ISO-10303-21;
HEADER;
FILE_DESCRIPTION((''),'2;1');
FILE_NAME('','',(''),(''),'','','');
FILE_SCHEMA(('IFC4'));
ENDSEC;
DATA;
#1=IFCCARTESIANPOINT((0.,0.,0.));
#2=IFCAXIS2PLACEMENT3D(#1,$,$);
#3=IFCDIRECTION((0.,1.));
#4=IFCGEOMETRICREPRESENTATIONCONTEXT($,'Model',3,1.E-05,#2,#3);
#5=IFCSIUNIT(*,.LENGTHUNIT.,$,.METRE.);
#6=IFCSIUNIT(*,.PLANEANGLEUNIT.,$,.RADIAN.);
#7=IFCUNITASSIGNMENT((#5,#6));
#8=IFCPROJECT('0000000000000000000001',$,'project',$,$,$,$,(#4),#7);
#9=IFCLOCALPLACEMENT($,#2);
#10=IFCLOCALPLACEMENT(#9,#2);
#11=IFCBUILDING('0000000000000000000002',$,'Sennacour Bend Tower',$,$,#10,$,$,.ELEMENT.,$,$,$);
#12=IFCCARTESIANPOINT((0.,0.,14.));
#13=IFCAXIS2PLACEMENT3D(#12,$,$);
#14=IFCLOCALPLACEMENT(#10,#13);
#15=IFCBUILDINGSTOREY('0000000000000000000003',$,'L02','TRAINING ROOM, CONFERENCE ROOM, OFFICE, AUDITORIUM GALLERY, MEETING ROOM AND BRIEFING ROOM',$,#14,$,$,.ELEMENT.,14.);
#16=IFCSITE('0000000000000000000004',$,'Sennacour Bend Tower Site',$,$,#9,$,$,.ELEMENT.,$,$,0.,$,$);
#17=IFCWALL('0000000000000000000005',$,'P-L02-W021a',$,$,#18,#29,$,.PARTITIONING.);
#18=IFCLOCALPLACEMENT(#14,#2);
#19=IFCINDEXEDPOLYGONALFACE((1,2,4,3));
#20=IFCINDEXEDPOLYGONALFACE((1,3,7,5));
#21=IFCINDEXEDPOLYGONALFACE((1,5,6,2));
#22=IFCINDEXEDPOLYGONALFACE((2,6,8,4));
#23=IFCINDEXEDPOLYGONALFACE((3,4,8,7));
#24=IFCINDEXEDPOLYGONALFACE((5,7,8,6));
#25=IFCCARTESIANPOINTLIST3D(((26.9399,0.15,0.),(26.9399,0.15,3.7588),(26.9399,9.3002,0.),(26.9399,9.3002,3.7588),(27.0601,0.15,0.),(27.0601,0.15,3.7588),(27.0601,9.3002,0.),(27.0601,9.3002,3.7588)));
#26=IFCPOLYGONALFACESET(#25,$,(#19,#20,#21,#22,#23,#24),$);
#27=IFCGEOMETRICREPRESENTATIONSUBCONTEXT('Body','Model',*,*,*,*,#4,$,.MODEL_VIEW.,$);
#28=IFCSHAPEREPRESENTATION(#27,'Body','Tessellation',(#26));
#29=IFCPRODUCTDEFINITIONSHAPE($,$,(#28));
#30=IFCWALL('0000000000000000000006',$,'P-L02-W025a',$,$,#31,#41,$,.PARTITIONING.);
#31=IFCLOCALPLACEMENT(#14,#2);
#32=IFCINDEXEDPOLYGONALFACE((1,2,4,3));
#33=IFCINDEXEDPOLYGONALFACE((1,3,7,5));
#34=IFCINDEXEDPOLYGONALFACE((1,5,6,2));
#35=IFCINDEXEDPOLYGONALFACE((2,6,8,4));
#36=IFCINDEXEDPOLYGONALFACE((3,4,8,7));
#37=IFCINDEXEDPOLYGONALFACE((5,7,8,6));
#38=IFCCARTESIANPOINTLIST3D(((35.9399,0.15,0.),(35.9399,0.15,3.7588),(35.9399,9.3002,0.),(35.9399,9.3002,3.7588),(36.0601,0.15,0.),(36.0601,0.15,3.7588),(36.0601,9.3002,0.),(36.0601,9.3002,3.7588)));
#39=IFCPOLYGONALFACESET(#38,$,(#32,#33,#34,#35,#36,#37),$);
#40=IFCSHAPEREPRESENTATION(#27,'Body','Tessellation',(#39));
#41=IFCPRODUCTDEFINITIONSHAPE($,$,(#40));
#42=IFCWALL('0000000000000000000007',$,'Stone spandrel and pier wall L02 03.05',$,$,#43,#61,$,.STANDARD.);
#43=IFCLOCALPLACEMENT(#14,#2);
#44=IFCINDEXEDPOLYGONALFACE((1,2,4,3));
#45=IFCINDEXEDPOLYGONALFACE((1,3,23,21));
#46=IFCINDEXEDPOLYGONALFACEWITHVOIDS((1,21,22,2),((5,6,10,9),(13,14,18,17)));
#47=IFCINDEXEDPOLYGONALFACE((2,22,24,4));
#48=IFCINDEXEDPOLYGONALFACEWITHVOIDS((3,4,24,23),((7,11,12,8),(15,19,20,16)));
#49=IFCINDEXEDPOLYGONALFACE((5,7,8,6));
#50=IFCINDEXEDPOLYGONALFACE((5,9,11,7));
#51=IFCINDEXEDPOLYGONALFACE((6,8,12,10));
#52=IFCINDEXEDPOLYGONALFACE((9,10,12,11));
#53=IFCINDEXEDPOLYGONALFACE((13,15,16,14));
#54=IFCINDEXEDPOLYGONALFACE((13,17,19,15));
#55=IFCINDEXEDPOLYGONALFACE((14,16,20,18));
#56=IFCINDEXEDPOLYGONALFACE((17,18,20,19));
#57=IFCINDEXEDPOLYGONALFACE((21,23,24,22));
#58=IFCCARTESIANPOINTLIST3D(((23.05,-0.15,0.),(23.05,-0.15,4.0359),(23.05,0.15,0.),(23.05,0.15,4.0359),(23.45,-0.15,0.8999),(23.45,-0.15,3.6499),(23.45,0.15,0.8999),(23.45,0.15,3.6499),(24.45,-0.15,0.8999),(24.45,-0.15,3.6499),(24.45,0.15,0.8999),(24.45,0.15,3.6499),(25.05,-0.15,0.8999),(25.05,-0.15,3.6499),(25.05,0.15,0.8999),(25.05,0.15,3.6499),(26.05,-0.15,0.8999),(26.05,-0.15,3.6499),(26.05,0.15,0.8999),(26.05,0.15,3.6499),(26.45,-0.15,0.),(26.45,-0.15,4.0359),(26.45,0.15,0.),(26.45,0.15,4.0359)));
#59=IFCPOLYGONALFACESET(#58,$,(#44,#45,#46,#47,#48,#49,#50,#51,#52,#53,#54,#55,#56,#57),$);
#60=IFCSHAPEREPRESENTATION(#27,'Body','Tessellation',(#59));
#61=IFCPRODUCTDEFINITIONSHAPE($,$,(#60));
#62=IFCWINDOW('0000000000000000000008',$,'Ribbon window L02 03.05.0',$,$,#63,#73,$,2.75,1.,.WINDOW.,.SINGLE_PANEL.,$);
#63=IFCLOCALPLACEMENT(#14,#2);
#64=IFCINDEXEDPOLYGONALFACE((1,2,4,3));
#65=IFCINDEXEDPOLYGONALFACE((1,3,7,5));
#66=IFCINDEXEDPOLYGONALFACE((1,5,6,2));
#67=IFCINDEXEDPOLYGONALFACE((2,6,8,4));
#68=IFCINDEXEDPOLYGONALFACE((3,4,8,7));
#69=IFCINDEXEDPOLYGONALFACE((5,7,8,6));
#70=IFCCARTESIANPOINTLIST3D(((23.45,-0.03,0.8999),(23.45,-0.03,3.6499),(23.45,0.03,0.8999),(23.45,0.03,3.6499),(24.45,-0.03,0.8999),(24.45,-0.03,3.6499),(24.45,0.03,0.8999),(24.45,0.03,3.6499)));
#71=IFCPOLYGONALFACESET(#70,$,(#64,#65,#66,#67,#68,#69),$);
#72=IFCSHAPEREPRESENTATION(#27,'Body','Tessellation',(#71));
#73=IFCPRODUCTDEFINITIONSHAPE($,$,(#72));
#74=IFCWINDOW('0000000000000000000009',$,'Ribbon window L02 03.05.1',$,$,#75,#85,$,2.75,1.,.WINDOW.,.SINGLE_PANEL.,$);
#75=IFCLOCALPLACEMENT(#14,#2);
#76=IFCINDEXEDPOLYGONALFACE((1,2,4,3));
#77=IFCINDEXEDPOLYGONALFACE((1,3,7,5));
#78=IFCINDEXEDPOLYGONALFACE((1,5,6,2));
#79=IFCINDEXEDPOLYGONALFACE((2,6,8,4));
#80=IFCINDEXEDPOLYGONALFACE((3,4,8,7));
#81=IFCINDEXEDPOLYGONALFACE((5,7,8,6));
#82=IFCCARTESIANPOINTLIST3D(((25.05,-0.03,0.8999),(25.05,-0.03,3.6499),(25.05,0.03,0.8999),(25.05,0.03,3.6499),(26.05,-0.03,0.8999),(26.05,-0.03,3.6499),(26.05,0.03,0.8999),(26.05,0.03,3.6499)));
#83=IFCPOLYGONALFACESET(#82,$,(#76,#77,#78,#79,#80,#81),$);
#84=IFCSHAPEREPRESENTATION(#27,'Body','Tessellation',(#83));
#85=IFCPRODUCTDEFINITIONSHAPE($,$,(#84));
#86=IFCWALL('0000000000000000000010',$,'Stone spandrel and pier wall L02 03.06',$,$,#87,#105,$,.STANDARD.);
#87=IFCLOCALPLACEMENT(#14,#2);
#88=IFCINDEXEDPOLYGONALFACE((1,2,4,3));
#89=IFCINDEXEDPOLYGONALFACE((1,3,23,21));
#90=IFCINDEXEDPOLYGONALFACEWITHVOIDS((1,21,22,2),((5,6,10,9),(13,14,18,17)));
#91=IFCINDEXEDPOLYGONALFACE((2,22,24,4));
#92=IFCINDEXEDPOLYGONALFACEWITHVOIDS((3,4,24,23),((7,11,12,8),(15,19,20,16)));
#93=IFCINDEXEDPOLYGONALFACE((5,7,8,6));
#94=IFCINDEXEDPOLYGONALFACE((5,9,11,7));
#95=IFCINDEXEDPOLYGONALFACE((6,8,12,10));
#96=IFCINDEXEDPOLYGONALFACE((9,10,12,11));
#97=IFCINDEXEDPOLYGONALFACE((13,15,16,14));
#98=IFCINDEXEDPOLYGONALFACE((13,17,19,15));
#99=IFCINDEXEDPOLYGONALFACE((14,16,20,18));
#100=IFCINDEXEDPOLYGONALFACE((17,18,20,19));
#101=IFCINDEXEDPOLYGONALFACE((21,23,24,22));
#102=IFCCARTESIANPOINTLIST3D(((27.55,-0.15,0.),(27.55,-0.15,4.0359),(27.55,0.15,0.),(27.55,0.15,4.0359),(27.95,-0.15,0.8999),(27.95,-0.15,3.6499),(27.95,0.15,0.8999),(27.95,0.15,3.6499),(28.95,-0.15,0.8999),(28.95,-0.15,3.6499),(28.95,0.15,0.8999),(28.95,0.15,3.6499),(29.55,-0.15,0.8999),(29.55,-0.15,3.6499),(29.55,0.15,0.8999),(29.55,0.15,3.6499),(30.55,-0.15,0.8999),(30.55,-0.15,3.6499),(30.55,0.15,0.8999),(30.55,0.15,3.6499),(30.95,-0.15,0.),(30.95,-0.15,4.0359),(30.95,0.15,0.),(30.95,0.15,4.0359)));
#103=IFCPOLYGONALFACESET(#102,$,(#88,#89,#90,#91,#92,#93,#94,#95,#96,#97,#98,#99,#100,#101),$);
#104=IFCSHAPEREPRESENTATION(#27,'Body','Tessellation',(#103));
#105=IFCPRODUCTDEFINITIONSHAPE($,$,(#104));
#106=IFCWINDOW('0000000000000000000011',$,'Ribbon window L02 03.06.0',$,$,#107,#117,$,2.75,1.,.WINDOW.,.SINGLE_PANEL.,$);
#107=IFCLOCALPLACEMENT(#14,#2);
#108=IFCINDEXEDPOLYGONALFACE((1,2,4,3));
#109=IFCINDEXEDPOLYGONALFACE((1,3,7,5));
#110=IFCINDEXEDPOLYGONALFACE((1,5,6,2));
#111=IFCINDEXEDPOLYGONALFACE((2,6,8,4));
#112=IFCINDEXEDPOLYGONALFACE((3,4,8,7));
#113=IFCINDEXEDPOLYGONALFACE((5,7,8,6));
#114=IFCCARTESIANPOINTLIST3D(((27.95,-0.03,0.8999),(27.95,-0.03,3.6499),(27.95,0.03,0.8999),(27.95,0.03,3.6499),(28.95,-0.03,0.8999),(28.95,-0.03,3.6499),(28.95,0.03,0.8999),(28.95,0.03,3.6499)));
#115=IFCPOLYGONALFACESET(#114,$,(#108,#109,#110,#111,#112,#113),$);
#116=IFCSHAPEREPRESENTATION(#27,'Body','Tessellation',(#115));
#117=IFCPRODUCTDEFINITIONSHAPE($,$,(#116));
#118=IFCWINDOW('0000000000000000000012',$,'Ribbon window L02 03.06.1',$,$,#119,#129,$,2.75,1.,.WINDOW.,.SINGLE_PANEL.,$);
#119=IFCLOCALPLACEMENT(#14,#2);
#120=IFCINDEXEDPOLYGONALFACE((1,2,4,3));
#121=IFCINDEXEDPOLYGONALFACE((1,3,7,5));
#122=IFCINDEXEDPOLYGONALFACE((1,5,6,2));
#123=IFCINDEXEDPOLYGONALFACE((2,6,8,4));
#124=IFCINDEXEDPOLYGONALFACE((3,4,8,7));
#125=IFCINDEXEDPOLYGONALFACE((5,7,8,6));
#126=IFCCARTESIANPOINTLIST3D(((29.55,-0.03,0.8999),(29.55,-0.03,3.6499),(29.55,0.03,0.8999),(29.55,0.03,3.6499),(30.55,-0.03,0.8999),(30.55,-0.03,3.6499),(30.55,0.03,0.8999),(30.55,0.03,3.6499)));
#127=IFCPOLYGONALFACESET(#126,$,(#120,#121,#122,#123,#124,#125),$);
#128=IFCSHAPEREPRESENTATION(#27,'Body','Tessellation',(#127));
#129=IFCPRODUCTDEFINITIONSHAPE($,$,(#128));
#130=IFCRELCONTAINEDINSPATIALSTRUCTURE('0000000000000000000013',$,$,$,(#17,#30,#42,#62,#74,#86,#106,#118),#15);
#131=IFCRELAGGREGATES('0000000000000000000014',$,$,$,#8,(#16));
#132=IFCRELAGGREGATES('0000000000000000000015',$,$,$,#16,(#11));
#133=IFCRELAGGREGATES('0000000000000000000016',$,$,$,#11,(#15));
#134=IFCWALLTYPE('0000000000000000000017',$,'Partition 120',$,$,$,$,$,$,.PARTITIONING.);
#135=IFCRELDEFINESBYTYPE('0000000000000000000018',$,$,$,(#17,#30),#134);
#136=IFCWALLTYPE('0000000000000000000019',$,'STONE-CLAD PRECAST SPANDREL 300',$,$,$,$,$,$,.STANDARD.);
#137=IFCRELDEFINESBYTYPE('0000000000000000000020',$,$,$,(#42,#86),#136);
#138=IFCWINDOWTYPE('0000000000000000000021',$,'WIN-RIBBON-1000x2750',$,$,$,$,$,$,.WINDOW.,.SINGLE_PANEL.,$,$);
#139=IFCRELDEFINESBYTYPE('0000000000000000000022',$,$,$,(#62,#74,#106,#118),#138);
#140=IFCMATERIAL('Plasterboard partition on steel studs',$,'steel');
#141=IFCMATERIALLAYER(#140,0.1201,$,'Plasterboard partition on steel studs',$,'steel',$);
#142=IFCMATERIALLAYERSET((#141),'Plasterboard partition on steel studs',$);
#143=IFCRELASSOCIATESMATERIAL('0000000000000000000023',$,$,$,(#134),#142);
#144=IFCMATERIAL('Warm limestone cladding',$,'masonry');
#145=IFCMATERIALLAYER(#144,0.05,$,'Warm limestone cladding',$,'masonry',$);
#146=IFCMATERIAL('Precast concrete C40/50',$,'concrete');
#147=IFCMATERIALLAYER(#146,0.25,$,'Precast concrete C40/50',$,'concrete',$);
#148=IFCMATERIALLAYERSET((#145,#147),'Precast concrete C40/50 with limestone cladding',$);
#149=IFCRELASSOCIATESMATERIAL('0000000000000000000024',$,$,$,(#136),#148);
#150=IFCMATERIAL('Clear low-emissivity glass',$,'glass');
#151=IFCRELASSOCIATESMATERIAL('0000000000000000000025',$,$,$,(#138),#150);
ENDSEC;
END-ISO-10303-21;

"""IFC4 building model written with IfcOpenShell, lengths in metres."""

from ifc_helpers import new_model, si_unit, direction, frame, frame_2d, origin, place, context, subcontext, project, spatial, rectangle, extrude, material, layer, layer_set, type_object, element, fill, save


model = new_model("IFC4")

# Units and contexts
model_context = context("Model", 3, precision=1e-05, world=origin(), true_north=direction((0.0, 1.0)))
body_context = subcontext(model_context, "Body", "Model", "MODEL_VIEW")
ifc_project = project(units=[si_unit("LENGTHUNIT", "METRE"), si_unit("PLANEANGLEUNIT", "RADIAN")], contexts=[model_context])

# Site, building, storey
site_placement = place(None, origin())
site = spatial("IfcSite", under=ifc_project, at=site_placement, Name="Sennacour Bend Tower Site", CompositionType="ELEMENT", RefElevation=0.0)
building_placement = place(site_placement, origin())
building = spatial("IfcBuilding", under=site, at=building_placement, Name="Sennacour Bend Tower", CompositionType="ELEMENT")
storey_placement = place(building_placement, frame((0.0, 0.0, 14.0)))
storey = spatial("IfcBuildingStorey", under=building, at=storey_placement, Name="L02", Description="TRAINING ROOM, CONFERENCE ROOM, OFFICE, AUDITORIUM GALLERY, MEETING ROOM AND BRIEFING ROOM", CompositionType="ELEMENT", Elevation=14.0)

# Walls
ifc_material_1 = material(Name="Plasterboard partition on steel studs", Category="steel")
ifc_layer_1 = layer(ifc_material_1, 0.1201, Name="Plasterboard partition on steel studs", Category="steel")
ifc_layer_set_1 = layer_set([ifc_layer_1], Name="Plasterboard partition on steel studs")
wall_type_1 = type_object("IfcWallType", Name="Partition 120", PredefinedType="PARTITIONING", material=ifc_layer_set_1)
for number, where, z_axis, x_axis, name in (
    (1, (27.0, 0.1499, 0.0), (0.0, 0.0, 1.0), (0.0, 1.0, 0.0), "P-L02-W021a"),
    (2, (36.0, 0.1499, 0.0), (0.0, 0.0, 1.0), (0.0, 1.0, 0.0), "P-L02-W025a"),
):
    element("IfcWall", number, at=place(storey_placement, frame(where, z_axis=z_axis, x_axis=x_axis)), inside=storey, type_object=wall_type_1, Name=name, PredefinedType="PARTITIONING", context=body_context, shape_type="SweptSolid", body=[
        extrude(rectangle(XDim=9.1501, YDim=0.1201, at=frame_2d((4.5752, 0.0))), origin(), (0.0, 0.0, 1.0), 3.7588),
    ])

# Walls, openings, windows
ifc_material_2 = material(Name="Warm limestone cladding", Category="masonry")
ifc_layer_2 = layer(ifc_material_2, 0.05, Name="Warm limestone cladding", Category="masonry")
ifc_material_3 = material(Name="Precast concrete C40/50", Category="concrete")
ifc_layer_3 = layer(ifc_material_3, 0.25, Name="Precast concrete C40/50", Category="concrete")
ifc_layer_set_2 = layer_set([ifc_layer_2, ifc_layer_3], Name="Precast concrete C40/50 with limestone cladding")
wall_type_2 = type_object("IfcWallType", Name="STONE-CLAD PRECAST SPANDREL 300", PredefinedType="STANDARD", material=ifc_layer_set_2)
wall_1_placement = place(storey_placement, frame((23.05, 0.0, 0.0), z_axis=(0.0, 0.0, 1.0), x_axis=(1.0, 0.0, 0.0)))
wall_1 = element("IfcWall", 3, at=wall_1_placement, inside=storey, type_object=wall_type_2, Name="Stone spandrel and pier wall L02 03.05", PredefinedType="STANDARD", context=body_context, shape_type="SweptSolid", body=[
    extrude(rectangle(XDim=3.3999, YDim=0.3, at=frame_2d((1.7, 0.0))), origin(), (0.0, 0.0, 1.0), 4.0359),
])
opening_1_placement = place(wall_1_placement, frame((0.3999, 0.0, 0.8999)))
opening_1 = element("IfcOpeningElement", 4, at=opening_1_placement, cuts=wall_1, PredefinedType="OPENING", context=body_context, shape_type="SweptSolid", body=[
    extrude(rectangle(XDim=1.0, YDim=2.75, at=frame_2d((0.5, 1.375))), frame((0.0, 0.1602, 0.0), z_axis=(0.0, -1.0, 0.0), x_axis=(1.0, 0.0, 0.0)), (0.0, 0.0, 1.0), 0.3201),
])
opening_2_placement = place(wall_1_placement, frame((2.0, 0.0, 0.8999)))
opening_2 = element("IfcOpeningElement", 5, at=opening_2_placement, cuts=wall_1, PredefinedType="OPENING", context=body_context, shape_type="SweptSolid", body=[
    extrude(rectangle(XDim=1.0, YDim=2.75, at=frame_2d((0.5, 1.375))), frame((0.0, 0.1602, 0.0), z_axis=(0.0, -1.0, 0.0), x_axis=(1.0, 0.0, 0.0)), (0.0, 0.0, 1.0), 0.3201),
])
ifc_material_4 = material(Name="Clear low-emissivity glass", Category="glass")
window_type = type_object("IfcWindowType", Name="WIN-RIBBON-1000x2750", PartitioningType="SINGLE_PANEL", PredefinedType="WINDOW", material=ifc_material_4)
window_1_placement = place(opening_1_placement, origin())
window_1 = element("IfcWindow", 6, at=window_1_placement, inside=storey, type_object=window_type, Name="Ribbon window L02 03.05.0", OverallHeight=2.75, OverallWidth=1.0, PartitioningType="SINGLE_PANEL", PredefinedType="WINDOW", context=body_context, shape_type="SweptSolid", body=[
    extrude(rectangle(XDim=1.0, YDim=2.75, at=frame_2d((0.5, 1.375))), frame((0.0, 0.03, 0.0), z_axis=(0.0, -1.0, 0.0), x_axis=(1.0, 0.0, 0.0)), (0.0, 0.0, 1.0), 0.0601),
])
fill(opening_1, window_1)
window_2_placement = place(opening_2_placement, origin())
window_2 = element("IfcWindow", 7, at=window_2_placement, inside=storey, type_object=window_type, Name="Ribbon window L02 03.05.1", OverallHeight=2.75, OverallWidth=1.0, PartitioningType="SINGLE_PANEL", PredefinedType="WINDOW", context=body_context, shape_type="SweptSolid", body=[
    extrude(rectangle(XDim=1.0, YDim=2.75, at=frame_2d((0.5, 1.375))), frame((0.0, 0.03, 0.0), z_axis=(0.0, -1.0, 0.0), x_axis=(1.0, 0.0, 0.0)), (0.0, 0.0, 1.0), 0.0601),
])
fill(opening_2, window_2)
wall_2_placement = place(storey_placement, frame((27.55, 0.0, 0.0), z_axis=(0.0, 0.0, 1.0), x_axis=(1.0, 0.0, 0.0)))
wall_2 = element("IfcWall", 8, at=wall_2_placement, inside=storey, type_object=wall_type_2, Name="Stone spandrel and pier wall L02 03.06", PredefinedType="STANDARD", context=body_context, shape_type="SweptSolid", body=[
    extrude(rectangle(XDim=3.3999, YDim=0.3, at=frame_2d((1.7, 0.0))), origin(), (0.0, 0.0, 1.0), 4.0359),
])
opening_3_placement = place(wall_2_placement, frame((0.3999, 0.0, 0.8999)))
opening_3 = element("IfcOpeningElement", 9, at=opening_3_placement, cuts=wall_2, PredefinedType="OPENING", context=body_context, shape_type="SweptSolid", body=[
    extrude(rectangle(XDim=1.0, YDim=2.75, at=frame_2d((0.5, 1.375))), frame((0.0, 0.1602, 0.0), z_axis=(0.0, -1.0, 0.0), x_axis=(1.0, 0.0, 0.0)), (0.0, 0.0, 1.0), 0.3201),
])
opening_4_placement = place(wall_2_placement, frame((2.0, 0.0, 0.8999)))
opening_4 = element("IfcOpeningElement", 10, at=opening_4_placement, cuts=wall_2, PredefinedType="OPENING", context=body_context, shape_type="SweptSolid", body=[
    extrude(rectangle(XDim=1.0, YDim=2.75, at=frame_2d((0.5, 1.375))), frame((0.0, 0.1602, 0.0), z_axis=(0.0, -1.0, 0.0), x_axis=(1.0, 0.0, 0.0)), (0.0, 0.0, 1.0), 0.3201),
])
window_3_placement = place(opening_3_placement, origin())
window_3 = element("IfcWindow", 11, at=window_3_placement, inside=storey, type_object=window_type, Name="Ribbon window L02 03.06.0", OverallHeight=2.75, OverallWidth=1.0, PartitioningType="SINGLE_PANEL", PredefinedType="WINDOW", context=body_context, shape_type="SweptSolid", body=[
    extrude(rectangle(XDim=1.0, YDim=2.75, at=frame_2d((0.5, 1.375))), frame((0.0, 0.03, 0.0), z_axis=(0.0, -1.0, 0.0), x_axis=(1.0, 0.0, 0.0)), (0.0, 0.0, 1.0), 0.0601),
])
fill(opening_3, window_3)
window_4_placement = place(opening_4_placement, origin())
window_4 = element("IfcWindow", 12, at=window_4_placement, inside=storey, type_object=window_type, Name="Ribbon window L02 03.06.1", OverallHeight=2.75, OverallWidth=1.0, PartitioningType="SINGLE_PANEL", PredefinedType="WINDOW", context=body_context, shape_type="SweptSolid", body=[
    extrude(rectangle(XDim=1.0, YDim=2.75, at=frame_2d((0.5, 1.375))), frame((0.0, 0.03, 0.0), z_axis=(0.0, -1.0, 0.0), x_axis=(1.0, 0.0, 0.0)), (0.0, 0.0, 1.0), 0.0601),
])
fill(opening_4, window_4)

save(model, "model.ifc")
